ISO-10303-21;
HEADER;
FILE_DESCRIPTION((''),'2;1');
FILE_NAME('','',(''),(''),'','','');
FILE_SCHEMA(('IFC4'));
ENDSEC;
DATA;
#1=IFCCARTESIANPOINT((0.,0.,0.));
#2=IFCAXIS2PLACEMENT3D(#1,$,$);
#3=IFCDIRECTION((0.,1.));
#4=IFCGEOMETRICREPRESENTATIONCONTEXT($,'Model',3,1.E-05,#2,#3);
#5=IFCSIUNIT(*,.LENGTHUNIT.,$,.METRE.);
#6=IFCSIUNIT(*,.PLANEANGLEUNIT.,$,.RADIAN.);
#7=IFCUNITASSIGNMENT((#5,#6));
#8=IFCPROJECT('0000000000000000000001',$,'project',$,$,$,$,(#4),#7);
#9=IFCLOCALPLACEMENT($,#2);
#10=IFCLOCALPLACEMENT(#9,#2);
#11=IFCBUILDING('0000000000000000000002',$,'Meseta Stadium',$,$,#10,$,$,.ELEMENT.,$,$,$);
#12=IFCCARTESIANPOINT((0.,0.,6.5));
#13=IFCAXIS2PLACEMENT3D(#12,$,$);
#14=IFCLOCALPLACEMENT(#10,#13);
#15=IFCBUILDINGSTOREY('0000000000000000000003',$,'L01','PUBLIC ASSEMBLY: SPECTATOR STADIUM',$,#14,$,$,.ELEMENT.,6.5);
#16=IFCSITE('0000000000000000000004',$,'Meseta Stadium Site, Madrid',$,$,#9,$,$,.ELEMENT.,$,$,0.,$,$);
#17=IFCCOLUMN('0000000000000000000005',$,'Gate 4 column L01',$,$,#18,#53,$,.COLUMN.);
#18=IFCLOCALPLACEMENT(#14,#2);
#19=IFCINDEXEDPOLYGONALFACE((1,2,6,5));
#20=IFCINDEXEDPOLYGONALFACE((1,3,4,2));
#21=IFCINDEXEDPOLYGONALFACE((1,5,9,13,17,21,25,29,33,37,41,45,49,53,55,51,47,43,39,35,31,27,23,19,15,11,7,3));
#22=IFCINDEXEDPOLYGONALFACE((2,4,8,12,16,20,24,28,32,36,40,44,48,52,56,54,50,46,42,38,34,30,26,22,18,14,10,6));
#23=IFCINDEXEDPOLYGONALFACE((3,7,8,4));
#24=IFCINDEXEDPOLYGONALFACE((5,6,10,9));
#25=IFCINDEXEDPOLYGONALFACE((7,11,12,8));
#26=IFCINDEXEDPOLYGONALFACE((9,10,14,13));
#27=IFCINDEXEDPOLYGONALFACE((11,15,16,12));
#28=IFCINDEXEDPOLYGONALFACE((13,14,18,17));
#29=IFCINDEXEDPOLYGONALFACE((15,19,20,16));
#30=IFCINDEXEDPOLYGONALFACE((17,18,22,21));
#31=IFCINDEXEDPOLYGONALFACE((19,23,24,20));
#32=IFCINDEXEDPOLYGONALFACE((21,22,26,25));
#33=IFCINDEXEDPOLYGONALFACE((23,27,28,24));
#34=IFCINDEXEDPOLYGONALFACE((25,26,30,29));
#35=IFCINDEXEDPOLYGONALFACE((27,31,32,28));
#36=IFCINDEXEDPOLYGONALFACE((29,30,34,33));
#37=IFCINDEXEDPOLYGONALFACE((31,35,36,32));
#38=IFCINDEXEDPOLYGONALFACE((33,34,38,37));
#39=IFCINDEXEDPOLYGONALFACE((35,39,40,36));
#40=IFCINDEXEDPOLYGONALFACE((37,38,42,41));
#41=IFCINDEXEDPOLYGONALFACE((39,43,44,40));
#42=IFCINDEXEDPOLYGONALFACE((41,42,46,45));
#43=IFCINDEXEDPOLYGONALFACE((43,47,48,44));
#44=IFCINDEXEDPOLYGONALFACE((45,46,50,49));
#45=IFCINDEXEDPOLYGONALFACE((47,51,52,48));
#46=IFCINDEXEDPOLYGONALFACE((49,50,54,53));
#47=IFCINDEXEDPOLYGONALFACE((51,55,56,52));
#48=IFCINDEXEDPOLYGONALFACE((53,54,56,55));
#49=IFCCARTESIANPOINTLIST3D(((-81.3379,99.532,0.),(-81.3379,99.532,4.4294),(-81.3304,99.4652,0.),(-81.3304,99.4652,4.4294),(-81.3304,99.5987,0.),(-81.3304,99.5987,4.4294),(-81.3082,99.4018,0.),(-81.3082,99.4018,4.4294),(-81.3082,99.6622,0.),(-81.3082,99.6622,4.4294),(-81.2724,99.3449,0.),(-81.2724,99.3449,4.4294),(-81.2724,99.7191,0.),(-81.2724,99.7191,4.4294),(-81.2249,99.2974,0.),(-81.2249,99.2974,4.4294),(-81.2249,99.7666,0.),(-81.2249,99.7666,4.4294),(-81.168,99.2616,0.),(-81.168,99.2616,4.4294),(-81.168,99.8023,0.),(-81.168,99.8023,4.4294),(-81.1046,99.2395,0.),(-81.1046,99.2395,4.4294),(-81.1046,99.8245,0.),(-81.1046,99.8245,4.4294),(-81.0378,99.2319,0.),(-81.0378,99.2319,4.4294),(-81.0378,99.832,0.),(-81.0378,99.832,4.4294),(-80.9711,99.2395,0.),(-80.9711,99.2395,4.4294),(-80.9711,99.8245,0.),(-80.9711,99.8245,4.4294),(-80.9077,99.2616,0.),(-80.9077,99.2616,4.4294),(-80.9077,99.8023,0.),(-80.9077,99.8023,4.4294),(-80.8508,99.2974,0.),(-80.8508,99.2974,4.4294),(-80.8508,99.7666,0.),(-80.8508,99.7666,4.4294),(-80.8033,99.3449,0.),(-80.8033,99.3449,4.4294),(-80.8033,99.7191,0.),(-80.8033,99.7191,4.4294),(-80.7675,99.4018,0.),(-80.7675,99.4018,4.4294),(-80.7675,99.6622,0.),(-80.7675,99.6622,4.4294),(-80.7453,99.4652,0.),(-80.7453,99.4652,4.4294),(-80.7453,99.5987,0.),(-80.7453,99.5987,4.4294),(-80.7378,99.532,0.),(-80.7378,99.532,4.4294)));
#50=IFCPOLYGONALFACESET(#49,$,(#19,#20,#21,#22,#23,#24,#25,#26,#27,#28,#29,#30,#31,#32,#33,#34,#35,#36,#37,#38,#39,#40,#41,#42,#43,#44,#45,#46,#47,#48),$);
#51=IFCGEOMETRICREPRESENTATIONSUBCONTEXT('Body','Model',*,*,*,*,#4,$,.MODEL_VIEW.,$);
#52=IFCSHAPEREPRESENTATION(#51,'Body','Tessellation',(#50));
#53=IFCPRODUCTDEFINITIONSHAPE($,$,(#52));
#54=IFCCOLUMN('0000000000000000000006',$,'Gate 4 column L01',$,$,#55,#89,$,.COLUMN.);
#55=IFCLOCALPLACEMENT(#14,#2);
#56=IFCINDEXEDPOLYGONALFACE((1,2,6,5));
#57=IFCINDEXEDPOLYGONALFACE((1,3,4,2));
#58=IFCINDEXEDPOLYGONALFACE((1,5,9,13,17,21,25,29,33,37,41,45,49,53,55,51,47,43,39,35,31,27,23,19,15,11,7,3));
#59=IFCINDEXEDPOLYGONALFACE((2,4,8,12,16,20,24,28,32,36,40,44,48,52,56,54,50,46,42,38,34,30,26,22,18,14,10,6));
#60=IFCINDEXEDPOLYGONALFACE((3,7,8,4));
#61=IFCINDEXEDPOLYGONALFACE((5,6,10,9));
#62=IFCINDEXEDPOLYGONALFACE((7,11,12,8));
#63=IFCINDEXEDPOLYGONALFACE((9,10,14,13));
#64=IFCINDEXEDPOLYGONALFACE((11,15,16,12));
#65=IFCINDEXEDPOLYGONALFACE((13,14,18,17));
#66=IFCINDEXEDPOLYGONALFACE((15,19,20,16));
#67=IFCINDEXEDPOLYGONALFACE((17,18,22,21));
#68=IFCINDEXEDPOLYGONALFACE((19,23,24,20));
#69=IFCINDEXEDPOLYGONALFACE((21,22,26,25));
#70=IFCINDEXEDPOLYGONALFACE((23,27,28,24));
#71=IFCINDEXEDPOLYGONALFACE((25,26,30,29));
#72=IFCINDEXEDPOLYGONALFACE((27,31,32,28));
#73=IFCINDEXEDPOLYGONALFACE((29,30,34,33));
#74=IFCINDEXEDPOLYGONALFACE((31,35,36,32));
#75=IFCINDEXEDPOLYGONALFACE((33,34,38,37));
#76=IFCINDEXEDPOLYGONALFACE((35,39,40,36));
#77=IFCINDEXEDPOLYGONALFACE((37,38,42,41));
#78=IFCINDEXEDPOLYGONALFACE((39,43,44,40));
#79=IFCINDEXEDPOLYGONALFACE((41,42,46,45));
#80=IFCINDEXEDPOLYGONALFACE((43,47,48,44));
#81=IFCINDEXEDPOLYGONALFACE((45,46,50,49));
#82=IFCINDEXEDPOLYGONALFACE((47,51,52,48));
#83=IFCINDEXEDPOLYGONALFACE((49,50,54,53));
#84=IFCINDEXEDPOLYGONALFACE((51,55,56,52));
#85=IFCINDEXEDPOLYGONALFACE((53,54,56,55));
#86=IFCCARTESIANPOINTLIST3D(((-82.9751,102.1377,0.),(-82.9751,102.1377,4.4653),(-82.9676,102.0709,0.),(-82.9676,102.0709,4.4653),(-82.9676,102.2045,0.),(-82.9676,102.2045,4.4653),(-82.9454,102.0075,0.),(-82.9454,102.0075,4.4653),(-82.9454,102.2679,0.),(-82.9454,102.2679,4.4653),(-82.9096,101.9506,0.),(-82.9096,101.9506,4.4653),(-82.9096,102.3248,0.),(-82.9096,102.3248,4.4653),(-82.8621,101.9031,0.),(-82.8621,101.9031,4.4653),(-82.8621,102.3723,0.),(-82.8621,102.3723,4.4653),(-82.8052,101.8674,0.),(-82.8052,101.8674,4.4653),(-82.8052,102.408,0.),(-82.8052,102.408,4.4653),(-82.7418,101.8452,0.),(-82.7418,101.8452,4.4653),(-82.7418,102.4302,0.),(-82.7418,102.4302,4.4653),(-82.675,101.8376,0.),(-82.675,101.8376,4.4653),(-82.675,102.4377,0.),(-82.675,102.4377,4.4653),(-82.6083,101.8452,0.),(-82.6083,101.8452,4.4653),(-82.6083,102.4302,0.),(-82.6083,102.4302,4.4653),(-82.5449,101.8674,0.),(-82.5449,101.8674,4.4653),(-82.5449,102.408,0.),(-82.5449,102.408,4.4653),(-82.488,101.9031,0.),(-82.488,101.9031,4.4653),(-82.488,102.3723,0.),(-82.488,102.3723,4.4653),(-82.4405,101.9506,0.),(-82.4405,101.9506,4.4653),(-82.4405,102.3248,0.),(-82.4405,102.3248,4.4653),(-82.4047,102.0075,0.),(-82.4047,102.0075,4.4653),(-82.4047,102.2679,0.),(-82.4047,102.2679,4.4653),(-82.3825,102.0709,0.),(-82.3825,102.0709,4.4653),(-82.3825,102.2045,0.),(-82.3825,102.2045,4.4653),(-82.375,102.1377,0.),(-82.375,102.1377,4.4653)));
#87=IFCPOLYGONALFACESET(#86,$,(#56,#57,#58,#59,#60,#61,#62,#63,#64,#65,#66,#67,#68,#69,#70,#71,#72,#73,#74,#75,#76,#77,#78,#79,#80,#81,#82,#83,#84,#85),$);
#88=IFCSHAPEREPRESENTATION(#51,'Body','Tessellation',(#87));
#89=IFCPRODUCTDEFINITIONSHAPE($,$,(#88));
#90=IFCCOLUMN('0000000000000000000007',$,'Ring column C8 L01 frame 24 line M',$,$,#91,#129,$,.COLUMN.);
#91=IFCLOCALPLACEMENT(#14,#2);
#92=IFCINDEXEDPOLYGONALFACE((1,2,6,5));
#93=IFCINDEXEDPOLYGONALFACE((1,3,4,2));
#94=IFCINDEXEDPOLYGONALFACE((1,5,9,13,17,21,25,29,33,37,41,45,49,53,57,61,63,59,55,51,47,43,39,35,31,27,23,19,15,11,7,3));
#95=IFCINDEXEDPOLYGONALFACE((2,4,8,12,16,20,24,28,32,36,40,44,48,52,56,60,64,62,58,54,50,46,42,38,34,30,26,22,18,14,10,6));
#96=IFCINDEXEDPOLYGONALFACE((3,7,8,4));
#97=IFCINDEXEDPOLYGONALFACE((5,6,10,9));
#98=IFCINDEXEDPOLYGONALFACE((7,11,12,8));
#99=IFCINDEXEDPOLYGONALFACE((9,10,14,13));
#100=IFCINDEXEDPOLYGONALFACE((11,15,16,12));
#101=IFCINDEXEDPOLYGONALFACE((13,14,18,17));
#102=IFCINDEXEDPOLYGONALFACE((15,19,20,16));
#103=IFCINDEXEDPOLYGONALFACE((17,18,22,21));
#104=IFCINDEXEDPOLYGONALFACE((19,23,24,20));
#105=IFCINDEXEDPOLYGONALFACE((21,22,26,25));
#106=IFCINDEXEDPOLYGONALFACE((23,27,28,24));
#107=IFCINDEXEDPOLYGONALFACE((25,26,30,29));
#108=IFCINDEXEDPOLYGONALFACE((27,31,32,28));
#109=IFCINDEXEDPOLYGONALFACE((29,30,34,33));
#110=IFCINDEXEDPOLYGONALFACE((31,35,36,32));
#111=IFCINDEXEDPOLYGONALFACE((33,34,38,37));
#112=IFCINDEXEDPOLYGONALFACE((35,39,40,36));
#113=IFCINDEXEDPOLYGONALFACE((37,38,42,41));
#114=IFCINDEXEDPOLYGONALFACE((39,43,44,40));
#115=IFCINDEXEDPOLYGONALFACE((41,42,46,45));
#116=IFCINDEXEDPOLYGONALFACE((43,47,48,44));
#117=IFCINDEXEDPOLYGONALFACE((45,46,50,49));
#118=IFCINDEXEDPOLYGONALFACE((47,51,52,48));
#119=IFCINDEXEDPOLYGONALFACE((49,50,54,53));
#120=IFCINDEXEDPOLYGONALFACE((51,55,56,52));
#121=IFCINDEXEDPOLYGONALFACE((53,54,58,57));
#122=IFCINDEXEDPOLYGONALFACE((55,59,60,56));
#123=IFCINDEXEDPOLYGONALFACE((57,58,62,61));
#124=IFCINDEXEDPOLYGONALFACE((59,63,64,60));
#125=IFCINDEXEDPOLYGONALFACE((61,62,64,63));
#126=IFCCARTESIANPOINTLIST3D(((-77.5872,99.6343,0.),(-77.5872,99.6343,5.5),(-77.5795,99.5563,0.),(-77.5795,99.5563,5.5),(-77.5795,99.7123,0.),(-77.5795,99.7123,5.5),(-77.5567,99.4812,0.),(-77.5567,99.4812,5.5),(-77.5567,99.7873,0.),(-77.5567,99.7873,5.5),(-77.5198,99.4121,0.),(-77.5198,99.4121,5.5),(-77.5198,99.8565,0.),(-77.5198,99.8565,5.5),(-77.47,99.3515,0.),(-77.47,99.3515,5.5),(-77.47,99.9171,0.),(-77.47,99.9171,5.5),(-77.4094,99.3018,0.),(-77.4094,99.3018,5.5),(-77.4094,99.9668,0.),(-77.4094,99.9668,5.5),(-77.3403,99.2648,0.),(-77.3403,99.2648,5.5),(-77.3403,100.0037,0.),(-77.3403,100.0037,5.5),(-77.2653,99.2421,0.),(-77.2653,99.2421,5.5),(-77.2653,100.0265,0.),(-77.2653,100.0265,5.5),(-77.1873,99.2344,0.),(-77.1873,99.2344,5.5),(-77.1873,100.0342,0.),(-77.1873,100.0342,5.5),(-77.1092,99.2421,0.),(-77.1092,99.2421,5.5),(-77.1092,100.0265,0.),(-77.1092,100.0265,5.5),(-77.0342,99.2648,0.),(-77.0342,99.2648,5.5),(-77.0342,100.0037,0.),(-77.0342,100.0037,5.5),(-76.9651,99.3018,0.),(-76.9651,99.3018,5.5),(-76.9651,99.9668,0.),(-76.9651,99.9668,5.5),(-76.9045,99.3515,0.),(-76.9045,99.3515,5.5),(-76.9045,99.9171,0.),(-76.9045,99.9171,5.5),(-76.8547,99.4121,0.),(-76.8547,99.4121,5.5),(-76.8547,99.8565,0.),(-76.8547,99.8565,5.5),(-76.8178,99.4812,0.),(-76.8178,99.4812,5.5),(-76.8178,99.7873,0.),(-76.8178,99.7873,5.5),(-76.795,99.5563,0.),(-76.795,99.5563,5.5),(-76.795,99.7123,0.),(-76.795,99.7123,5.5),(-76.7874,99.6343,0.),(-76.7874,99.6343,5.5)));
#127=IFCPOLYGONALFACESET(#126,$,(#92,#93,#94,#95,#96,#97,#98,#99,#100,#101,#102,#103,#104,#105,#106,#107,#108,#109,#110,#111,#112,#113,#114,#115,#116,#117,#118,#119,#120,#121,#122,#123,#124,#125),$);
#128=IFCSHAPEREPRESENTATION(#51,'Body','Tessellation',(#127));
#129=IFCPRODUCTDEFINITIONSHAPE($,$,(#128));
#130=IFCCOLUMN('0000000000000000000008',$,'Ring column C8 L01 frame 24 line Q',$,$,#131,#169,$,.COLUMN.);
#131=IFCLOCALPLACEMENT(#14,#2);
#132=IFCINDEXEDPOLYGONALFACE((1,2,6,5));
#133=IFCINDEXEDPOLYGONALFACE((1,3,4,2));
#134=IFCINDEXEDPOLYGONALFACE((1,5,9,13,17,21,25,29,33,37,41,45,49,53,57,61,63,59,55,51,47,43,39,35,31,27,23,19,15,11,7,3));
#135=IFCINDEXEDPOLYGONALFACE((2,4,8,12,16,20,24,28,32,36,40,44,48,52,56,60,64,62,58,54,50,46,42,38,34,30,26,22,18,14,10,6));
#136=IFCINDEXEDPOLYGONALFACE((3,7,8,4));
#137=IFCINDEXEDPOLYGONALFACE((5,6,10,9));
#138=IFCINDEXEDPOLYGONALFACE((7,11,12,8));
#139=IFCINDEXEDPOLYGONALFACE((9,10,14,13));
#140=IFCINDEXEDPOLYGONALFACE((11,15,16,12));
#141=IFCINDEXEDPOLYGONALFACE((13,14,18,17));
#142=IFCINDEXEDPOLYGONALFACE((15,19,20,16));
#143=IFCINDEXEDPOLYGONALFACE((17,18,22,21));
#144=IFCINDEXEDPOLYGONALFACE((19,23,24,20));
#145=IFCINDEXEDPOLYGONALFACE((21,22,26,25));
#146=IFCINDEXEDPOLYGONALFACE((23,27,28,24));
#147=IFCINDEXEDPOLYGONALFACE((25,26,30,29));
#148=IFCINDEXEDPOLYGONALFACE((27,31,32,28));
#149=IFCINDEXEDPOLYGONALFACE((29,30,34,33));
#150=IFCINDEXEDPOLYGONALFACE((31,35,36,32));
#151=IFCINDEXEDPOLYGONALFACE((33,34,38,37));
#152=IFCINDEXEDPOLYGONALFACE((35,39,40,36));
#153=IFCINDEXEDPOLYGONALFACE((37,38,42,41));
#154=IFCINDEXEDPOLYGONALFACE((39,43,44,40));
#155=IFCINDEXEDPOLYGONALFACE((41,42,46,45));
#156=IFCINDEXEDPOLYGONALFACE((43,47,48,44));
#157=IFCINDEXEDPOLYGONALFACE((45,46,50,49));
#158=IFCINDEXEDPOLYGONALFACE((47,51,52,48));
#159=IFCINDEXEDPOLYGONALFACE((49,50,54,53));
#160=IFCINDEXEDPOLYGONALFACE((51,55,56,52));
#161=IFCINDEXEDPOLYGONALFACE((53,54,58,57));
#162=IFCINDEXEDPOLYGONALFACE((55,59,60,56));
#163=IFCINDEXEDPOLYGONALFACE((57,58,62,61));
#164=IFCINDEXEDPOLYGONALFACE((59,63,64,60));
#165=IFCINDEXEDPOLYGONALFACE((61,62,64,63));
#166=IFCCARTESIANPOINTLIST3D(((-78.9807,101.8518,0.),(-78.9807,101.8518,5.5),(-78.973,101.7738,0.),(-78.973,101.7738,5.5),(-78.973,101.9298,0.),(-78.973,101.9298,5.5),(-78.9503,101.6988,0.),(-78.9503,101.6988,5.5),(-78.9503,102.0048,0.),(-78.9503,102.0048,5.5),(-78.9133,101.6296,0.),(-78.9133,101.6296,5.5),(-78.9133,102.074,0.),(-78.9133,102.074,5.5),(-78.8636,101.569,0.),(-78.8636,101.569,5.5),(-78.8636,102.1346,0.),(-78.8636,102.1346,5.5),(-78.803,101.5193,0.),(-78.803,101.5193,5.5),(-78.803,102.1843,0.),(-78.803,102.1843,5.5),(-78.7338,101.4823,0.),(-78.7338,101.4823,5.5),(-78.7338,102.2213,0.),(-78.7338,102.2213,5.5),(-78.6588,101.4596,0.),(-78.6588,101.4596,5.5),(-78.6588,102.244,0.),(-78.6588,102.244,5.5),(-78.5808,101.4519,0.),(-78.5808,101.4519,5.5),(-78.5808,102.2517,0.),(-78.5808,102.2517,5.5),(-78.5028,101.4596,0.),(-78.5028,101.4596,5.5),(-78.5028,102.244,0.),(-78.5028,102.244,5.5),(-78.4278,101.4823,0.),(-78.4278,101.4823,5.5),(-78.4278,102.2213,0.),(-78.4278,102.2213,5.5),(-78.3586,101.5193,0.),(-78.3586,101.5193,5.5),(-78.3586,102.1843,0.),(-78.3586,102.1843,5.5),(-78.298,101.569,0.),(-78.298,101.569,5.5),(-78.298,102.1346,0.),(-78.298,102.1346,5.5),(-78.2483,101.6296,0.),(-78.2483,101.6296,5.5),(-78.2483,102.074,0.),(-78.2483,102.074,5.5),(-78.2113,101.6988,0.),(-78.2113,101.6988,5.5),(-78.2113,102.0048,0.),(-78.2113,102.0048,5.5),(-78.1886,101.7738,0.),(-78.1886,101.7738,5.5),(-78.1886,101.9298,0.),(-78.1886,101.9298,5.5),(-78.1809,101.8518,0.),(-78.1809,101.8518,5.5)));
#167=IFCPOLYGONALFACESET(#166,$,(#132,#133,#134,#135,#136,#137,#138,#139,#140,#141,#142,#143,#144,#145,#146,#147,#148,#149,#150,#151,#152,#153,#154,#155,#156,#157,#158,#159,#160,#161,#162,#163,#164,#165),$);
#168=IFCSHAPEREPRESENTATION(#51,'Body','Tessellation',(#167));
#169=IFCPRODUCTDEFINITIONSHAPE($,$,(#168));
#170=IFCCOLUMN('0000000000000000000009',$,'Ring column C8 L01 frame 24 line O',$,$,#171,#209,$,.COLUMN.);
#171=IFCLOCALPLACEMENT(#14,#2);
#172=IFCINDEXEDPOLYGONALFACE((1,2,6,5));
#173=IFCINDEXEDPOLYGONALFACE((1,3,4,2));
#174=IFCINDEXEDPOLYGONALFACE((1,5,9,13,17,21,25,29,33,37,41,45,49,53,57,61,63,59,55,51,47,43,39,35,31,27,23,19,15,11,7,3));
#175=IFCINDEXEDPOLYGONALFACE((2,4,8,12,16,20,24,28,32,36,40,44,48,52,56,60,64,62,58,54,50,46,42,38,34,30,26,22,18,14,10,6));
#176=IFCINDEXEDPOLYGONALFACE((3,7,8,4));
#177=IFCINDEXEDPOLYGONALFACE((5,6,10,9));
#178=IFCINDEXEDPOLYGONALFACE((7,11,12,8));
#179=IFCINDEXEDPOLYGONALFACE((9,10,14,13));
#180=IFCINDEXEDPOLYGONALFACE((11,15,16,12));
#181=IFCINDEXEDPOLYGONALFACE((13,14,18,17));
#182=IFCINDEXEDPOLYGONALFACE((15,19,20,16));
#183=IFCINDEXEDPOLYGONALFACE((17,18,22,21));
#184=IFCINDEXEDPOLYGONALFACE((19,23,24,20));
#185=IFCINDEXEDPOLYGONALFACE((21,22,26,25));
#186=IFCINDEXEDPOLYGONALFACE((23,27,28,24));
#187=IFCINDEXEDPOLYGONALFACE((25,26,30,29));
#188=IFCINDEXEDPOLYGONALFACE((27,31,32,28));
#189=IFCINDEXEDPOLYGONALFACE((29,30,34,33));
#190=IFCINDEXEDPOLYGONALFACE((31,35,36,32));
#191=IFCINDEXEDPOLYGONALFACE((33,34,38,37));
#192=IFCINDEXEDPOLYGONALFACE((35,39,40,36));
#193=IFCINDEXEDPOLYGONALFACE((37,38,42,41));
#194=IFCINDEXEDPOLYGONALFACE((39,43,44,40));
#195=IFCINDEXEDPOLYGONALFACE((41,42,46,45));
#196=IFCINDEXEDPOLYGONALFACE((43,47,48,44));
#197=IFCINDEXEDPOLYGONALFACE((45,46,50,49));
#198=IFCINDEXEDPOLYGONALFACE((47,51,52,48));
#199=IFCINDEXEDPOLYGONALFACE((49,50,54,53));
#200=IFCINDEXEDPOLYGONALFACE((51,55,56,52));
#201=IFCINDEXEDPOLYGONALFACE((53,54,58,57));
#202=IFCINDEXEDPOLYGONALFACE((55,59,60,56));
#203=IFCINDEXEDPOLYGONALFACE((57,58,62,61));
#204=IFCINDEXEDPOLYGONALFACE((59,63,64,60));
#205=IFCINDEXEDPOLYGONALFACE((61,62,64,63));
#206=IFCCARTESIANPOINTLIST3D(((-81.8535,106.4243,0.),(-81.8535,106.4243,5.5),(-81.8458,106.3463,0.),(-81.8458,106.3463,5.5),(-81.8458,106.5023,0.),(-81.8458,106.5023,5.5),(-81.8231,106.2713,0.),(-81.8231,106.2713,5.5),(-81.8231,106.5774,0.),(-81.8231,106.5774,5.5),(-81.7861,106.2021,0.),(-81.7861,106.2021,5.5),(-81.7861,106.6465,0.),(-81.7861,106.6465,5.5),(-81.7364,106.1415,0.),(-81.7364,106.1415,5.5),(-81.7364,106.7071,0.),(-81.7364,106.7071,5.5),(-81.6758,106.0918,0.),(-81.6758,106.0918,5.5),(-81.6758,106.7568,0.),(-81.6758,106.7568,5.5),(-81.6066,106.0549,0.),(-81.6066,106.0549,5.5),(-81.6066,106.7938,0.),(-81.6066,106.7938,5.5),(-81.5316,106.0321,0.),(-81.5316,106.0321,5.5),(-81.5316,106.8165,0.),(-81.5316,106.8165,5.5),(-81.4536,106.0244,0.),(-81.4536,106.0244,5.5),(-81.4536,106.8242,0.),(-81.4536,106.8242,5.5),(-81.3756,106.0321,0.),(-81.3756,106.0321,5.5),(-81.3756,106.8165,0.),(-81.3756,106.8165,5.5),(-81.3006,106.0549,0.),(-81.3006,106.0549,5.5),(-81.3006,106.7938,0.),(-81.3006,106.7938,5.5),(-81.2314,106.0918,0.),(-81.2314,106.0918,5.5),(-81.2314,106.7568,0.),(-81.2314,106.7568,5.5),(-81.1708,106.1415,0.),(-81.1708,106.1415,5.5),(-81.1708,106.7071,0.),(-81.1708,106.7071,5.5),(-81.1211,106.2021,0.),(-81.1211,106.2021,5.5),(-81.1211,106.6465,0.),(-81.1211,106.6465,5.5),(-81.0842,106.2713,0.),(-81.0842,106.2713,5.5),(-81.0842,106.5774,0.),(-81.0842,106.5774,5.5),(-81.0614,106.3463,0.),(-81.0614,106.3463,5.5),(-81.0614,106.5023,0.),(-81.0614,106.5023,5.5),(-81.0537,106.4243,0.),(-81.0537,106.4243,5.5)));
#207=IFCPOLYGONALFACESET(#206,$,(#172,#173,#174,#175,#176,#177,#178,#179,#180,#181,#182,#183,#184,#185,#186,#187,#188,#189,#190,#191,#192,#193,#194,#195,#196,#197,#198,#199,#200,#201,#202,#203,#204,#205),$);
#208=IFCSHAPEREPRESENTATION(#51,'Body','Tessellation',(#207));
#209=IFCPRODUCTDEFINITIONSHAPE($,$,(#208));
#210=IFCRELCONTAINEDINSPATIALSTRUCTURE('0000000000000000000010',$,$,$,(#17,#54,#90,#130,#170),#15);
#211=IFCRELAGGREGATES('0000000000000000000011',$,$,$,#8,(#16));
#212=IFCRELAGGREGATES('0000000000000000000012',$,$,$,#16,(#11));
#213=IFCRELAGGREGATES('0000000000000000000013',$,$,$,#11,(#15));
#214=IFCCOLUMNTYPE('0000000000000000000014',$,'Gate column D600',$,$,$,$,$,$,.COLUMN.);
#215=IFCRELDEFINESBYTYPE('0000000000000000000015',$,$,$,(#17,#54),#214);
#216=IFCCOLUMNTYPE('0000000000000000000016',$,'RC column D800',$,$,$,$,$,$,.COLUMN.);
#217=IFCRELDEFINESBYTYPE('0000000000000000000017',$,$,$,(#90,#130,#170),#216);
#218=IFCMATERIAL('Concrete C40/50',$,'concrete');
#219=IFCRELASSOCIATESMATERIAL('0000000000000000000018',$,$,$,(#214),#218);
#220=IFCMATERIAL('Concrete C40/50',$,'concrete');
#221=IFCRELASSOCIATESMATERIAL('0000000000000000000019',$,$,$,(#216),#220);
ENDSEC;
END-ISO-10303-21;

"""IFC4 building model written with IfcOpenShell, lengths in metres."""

from ifc_helpers import new_model, si_unit, direction, frame, origin, origin_2d, place, context, subcontext, project, spatial, circle, extrude, material, material_profile, profile_set, type_object, element, save


model = new_model("IFC4")

# Units and contexts
model_context = context("Model", 3, precision=1e-05, world=origin(), true_north=direction((0.0, 1.0)))
body_context = subcontext(model_context, "Body", "Model", "MODEL_VIEW")
ifc_project = project(units=[si_unit("LENGTHUNIT", "METRE"), si_unit("PLANEANGLEUNIT", "RADIAN")], contexts=[model_context])

# Site, building, storey
site_placement = place(None, origin())
site = spatial("IfcSite", under=ifc_project, at=site_placement, Name="Meseta Stadium Site, Madrid", CompositionType="ELEMENT", RefElevation=0.0)
building_placement = place(site_placement, origin())
building = spatial("IfcBuilding", under=site, at=building_placement, Name="Meseta Stadium", CompositionType="ELEMENT")
storey_placement = place(building_placement, frame((0.0, 0.0, 6.5)))
storey = spatial("IfcBuildingStorey", under=building, at=storey_placement, Name="L01", Description="PUBLIC ASSEMBLY: SPECTATOR STADIUM", CompositionType="ELEMENT", Elevation=6.5)

# Columns
ifc_material_1 = material(Name="Concrete C40/50", Category="concrete")
ifc_material_profile_1 = material_profile(ifc_material_1, circle(Radius=0.3, at=origin_2d()), Name="RC D600")
ifc_profile_set_1 = profile_set([ifc_material_profile_1], Name="Concrete C40/50")
column_type_1 = type_object("IfcColumnType", Name="Gate column D600", PredefinedType="COLUMN", material=ifc_profile_set_1)
column_1_placement = place(storey_placement, frame((-81.0378, 99.532, 0.0), z_axis=(0.0, 0.0, 1.0), x_axis=(1.0, 0.0, 0.0)))
element("IfcColumn", 1, at=column_1_placement, inside=storey, type_object=column_type_1, Name="Gate 4 column L01", PredefinedType="COLUMN", context=body_context, shape_type="SweptSolid", body=[
    extrude(circle(Radius=0.3, at=origin_2d()), origin(), (0.0, 0.0, 1.0), 4.4294),
])
column_2_placement = place(storey_placement, frame((-82.675, 102.1377, 0.0), z_axis=(0.0, 0.0, 1.0), x_axis=(1.0, 0.0, 0.0)))
element("IfcColumn", 2, at=column_2_placement, inside=storey, type_object=column_type_1, Name="Gate 4 column L01", PredefinedType="COLUMN", context=body_context, shape_type="SweptSolid", body=[
    extrude(circle(Radius=0.3, at=origin_2d()), origin(), (0.0, 0.0, 1.0), 4.4653),
])
ifc_material_2 = material(Name="Concrete C40/50", Category="concrete")
ifc_material_profile_2 = material_profile(ifc_material_2, circle(Radius=0.3999, at=origin_2d()), Name="RC D800")
ifc_profile_set_2 = profile_set([ifc_material_profile_2], Name="Concrete C40/50")
column_type_2 = type_object("IfcColumnType", Name="RC column D800", PredefinedType="COLUMN", material=ifc_profile_set_2)
for number, where, z_axis, x_axis, name in (
    (3, (-77.1873, 99.6343, 0.0), (0.0, 0.0, 1.0), (1.0, 0.0, 0.0), "Ring column C8 L01 frame 24 line M"),
    (4, (-78.5808, 101.8518, 0.0), (0.0, 0.0, 1.0), (1.0, 0.0, 0.0), "Ring column C8 L01 frame 24 line Q"),
    (5, (-81.4536, 106.4243, 0.0), (0.0, 0.0, 1.0), (1.0, 0.0, 0.0), "Ring column C8 L01 frame 24 line O"),
):
    element("IfcColumn", number, at=place(storey_placement, frame(where, z_axis=z_axis, x_axis=x_axis)), inside=storey, type_object=column_type_2, Name=name, PredefinedType="COLUMN", context=body_context, shape_type="SweptSolid", body=[
        extrude(circle(Radius=0.3999, at=origin_2d()), origin(), (0.0, 0.0, 1.0), 5.5),
    ])

save(model, "model.ifc")
